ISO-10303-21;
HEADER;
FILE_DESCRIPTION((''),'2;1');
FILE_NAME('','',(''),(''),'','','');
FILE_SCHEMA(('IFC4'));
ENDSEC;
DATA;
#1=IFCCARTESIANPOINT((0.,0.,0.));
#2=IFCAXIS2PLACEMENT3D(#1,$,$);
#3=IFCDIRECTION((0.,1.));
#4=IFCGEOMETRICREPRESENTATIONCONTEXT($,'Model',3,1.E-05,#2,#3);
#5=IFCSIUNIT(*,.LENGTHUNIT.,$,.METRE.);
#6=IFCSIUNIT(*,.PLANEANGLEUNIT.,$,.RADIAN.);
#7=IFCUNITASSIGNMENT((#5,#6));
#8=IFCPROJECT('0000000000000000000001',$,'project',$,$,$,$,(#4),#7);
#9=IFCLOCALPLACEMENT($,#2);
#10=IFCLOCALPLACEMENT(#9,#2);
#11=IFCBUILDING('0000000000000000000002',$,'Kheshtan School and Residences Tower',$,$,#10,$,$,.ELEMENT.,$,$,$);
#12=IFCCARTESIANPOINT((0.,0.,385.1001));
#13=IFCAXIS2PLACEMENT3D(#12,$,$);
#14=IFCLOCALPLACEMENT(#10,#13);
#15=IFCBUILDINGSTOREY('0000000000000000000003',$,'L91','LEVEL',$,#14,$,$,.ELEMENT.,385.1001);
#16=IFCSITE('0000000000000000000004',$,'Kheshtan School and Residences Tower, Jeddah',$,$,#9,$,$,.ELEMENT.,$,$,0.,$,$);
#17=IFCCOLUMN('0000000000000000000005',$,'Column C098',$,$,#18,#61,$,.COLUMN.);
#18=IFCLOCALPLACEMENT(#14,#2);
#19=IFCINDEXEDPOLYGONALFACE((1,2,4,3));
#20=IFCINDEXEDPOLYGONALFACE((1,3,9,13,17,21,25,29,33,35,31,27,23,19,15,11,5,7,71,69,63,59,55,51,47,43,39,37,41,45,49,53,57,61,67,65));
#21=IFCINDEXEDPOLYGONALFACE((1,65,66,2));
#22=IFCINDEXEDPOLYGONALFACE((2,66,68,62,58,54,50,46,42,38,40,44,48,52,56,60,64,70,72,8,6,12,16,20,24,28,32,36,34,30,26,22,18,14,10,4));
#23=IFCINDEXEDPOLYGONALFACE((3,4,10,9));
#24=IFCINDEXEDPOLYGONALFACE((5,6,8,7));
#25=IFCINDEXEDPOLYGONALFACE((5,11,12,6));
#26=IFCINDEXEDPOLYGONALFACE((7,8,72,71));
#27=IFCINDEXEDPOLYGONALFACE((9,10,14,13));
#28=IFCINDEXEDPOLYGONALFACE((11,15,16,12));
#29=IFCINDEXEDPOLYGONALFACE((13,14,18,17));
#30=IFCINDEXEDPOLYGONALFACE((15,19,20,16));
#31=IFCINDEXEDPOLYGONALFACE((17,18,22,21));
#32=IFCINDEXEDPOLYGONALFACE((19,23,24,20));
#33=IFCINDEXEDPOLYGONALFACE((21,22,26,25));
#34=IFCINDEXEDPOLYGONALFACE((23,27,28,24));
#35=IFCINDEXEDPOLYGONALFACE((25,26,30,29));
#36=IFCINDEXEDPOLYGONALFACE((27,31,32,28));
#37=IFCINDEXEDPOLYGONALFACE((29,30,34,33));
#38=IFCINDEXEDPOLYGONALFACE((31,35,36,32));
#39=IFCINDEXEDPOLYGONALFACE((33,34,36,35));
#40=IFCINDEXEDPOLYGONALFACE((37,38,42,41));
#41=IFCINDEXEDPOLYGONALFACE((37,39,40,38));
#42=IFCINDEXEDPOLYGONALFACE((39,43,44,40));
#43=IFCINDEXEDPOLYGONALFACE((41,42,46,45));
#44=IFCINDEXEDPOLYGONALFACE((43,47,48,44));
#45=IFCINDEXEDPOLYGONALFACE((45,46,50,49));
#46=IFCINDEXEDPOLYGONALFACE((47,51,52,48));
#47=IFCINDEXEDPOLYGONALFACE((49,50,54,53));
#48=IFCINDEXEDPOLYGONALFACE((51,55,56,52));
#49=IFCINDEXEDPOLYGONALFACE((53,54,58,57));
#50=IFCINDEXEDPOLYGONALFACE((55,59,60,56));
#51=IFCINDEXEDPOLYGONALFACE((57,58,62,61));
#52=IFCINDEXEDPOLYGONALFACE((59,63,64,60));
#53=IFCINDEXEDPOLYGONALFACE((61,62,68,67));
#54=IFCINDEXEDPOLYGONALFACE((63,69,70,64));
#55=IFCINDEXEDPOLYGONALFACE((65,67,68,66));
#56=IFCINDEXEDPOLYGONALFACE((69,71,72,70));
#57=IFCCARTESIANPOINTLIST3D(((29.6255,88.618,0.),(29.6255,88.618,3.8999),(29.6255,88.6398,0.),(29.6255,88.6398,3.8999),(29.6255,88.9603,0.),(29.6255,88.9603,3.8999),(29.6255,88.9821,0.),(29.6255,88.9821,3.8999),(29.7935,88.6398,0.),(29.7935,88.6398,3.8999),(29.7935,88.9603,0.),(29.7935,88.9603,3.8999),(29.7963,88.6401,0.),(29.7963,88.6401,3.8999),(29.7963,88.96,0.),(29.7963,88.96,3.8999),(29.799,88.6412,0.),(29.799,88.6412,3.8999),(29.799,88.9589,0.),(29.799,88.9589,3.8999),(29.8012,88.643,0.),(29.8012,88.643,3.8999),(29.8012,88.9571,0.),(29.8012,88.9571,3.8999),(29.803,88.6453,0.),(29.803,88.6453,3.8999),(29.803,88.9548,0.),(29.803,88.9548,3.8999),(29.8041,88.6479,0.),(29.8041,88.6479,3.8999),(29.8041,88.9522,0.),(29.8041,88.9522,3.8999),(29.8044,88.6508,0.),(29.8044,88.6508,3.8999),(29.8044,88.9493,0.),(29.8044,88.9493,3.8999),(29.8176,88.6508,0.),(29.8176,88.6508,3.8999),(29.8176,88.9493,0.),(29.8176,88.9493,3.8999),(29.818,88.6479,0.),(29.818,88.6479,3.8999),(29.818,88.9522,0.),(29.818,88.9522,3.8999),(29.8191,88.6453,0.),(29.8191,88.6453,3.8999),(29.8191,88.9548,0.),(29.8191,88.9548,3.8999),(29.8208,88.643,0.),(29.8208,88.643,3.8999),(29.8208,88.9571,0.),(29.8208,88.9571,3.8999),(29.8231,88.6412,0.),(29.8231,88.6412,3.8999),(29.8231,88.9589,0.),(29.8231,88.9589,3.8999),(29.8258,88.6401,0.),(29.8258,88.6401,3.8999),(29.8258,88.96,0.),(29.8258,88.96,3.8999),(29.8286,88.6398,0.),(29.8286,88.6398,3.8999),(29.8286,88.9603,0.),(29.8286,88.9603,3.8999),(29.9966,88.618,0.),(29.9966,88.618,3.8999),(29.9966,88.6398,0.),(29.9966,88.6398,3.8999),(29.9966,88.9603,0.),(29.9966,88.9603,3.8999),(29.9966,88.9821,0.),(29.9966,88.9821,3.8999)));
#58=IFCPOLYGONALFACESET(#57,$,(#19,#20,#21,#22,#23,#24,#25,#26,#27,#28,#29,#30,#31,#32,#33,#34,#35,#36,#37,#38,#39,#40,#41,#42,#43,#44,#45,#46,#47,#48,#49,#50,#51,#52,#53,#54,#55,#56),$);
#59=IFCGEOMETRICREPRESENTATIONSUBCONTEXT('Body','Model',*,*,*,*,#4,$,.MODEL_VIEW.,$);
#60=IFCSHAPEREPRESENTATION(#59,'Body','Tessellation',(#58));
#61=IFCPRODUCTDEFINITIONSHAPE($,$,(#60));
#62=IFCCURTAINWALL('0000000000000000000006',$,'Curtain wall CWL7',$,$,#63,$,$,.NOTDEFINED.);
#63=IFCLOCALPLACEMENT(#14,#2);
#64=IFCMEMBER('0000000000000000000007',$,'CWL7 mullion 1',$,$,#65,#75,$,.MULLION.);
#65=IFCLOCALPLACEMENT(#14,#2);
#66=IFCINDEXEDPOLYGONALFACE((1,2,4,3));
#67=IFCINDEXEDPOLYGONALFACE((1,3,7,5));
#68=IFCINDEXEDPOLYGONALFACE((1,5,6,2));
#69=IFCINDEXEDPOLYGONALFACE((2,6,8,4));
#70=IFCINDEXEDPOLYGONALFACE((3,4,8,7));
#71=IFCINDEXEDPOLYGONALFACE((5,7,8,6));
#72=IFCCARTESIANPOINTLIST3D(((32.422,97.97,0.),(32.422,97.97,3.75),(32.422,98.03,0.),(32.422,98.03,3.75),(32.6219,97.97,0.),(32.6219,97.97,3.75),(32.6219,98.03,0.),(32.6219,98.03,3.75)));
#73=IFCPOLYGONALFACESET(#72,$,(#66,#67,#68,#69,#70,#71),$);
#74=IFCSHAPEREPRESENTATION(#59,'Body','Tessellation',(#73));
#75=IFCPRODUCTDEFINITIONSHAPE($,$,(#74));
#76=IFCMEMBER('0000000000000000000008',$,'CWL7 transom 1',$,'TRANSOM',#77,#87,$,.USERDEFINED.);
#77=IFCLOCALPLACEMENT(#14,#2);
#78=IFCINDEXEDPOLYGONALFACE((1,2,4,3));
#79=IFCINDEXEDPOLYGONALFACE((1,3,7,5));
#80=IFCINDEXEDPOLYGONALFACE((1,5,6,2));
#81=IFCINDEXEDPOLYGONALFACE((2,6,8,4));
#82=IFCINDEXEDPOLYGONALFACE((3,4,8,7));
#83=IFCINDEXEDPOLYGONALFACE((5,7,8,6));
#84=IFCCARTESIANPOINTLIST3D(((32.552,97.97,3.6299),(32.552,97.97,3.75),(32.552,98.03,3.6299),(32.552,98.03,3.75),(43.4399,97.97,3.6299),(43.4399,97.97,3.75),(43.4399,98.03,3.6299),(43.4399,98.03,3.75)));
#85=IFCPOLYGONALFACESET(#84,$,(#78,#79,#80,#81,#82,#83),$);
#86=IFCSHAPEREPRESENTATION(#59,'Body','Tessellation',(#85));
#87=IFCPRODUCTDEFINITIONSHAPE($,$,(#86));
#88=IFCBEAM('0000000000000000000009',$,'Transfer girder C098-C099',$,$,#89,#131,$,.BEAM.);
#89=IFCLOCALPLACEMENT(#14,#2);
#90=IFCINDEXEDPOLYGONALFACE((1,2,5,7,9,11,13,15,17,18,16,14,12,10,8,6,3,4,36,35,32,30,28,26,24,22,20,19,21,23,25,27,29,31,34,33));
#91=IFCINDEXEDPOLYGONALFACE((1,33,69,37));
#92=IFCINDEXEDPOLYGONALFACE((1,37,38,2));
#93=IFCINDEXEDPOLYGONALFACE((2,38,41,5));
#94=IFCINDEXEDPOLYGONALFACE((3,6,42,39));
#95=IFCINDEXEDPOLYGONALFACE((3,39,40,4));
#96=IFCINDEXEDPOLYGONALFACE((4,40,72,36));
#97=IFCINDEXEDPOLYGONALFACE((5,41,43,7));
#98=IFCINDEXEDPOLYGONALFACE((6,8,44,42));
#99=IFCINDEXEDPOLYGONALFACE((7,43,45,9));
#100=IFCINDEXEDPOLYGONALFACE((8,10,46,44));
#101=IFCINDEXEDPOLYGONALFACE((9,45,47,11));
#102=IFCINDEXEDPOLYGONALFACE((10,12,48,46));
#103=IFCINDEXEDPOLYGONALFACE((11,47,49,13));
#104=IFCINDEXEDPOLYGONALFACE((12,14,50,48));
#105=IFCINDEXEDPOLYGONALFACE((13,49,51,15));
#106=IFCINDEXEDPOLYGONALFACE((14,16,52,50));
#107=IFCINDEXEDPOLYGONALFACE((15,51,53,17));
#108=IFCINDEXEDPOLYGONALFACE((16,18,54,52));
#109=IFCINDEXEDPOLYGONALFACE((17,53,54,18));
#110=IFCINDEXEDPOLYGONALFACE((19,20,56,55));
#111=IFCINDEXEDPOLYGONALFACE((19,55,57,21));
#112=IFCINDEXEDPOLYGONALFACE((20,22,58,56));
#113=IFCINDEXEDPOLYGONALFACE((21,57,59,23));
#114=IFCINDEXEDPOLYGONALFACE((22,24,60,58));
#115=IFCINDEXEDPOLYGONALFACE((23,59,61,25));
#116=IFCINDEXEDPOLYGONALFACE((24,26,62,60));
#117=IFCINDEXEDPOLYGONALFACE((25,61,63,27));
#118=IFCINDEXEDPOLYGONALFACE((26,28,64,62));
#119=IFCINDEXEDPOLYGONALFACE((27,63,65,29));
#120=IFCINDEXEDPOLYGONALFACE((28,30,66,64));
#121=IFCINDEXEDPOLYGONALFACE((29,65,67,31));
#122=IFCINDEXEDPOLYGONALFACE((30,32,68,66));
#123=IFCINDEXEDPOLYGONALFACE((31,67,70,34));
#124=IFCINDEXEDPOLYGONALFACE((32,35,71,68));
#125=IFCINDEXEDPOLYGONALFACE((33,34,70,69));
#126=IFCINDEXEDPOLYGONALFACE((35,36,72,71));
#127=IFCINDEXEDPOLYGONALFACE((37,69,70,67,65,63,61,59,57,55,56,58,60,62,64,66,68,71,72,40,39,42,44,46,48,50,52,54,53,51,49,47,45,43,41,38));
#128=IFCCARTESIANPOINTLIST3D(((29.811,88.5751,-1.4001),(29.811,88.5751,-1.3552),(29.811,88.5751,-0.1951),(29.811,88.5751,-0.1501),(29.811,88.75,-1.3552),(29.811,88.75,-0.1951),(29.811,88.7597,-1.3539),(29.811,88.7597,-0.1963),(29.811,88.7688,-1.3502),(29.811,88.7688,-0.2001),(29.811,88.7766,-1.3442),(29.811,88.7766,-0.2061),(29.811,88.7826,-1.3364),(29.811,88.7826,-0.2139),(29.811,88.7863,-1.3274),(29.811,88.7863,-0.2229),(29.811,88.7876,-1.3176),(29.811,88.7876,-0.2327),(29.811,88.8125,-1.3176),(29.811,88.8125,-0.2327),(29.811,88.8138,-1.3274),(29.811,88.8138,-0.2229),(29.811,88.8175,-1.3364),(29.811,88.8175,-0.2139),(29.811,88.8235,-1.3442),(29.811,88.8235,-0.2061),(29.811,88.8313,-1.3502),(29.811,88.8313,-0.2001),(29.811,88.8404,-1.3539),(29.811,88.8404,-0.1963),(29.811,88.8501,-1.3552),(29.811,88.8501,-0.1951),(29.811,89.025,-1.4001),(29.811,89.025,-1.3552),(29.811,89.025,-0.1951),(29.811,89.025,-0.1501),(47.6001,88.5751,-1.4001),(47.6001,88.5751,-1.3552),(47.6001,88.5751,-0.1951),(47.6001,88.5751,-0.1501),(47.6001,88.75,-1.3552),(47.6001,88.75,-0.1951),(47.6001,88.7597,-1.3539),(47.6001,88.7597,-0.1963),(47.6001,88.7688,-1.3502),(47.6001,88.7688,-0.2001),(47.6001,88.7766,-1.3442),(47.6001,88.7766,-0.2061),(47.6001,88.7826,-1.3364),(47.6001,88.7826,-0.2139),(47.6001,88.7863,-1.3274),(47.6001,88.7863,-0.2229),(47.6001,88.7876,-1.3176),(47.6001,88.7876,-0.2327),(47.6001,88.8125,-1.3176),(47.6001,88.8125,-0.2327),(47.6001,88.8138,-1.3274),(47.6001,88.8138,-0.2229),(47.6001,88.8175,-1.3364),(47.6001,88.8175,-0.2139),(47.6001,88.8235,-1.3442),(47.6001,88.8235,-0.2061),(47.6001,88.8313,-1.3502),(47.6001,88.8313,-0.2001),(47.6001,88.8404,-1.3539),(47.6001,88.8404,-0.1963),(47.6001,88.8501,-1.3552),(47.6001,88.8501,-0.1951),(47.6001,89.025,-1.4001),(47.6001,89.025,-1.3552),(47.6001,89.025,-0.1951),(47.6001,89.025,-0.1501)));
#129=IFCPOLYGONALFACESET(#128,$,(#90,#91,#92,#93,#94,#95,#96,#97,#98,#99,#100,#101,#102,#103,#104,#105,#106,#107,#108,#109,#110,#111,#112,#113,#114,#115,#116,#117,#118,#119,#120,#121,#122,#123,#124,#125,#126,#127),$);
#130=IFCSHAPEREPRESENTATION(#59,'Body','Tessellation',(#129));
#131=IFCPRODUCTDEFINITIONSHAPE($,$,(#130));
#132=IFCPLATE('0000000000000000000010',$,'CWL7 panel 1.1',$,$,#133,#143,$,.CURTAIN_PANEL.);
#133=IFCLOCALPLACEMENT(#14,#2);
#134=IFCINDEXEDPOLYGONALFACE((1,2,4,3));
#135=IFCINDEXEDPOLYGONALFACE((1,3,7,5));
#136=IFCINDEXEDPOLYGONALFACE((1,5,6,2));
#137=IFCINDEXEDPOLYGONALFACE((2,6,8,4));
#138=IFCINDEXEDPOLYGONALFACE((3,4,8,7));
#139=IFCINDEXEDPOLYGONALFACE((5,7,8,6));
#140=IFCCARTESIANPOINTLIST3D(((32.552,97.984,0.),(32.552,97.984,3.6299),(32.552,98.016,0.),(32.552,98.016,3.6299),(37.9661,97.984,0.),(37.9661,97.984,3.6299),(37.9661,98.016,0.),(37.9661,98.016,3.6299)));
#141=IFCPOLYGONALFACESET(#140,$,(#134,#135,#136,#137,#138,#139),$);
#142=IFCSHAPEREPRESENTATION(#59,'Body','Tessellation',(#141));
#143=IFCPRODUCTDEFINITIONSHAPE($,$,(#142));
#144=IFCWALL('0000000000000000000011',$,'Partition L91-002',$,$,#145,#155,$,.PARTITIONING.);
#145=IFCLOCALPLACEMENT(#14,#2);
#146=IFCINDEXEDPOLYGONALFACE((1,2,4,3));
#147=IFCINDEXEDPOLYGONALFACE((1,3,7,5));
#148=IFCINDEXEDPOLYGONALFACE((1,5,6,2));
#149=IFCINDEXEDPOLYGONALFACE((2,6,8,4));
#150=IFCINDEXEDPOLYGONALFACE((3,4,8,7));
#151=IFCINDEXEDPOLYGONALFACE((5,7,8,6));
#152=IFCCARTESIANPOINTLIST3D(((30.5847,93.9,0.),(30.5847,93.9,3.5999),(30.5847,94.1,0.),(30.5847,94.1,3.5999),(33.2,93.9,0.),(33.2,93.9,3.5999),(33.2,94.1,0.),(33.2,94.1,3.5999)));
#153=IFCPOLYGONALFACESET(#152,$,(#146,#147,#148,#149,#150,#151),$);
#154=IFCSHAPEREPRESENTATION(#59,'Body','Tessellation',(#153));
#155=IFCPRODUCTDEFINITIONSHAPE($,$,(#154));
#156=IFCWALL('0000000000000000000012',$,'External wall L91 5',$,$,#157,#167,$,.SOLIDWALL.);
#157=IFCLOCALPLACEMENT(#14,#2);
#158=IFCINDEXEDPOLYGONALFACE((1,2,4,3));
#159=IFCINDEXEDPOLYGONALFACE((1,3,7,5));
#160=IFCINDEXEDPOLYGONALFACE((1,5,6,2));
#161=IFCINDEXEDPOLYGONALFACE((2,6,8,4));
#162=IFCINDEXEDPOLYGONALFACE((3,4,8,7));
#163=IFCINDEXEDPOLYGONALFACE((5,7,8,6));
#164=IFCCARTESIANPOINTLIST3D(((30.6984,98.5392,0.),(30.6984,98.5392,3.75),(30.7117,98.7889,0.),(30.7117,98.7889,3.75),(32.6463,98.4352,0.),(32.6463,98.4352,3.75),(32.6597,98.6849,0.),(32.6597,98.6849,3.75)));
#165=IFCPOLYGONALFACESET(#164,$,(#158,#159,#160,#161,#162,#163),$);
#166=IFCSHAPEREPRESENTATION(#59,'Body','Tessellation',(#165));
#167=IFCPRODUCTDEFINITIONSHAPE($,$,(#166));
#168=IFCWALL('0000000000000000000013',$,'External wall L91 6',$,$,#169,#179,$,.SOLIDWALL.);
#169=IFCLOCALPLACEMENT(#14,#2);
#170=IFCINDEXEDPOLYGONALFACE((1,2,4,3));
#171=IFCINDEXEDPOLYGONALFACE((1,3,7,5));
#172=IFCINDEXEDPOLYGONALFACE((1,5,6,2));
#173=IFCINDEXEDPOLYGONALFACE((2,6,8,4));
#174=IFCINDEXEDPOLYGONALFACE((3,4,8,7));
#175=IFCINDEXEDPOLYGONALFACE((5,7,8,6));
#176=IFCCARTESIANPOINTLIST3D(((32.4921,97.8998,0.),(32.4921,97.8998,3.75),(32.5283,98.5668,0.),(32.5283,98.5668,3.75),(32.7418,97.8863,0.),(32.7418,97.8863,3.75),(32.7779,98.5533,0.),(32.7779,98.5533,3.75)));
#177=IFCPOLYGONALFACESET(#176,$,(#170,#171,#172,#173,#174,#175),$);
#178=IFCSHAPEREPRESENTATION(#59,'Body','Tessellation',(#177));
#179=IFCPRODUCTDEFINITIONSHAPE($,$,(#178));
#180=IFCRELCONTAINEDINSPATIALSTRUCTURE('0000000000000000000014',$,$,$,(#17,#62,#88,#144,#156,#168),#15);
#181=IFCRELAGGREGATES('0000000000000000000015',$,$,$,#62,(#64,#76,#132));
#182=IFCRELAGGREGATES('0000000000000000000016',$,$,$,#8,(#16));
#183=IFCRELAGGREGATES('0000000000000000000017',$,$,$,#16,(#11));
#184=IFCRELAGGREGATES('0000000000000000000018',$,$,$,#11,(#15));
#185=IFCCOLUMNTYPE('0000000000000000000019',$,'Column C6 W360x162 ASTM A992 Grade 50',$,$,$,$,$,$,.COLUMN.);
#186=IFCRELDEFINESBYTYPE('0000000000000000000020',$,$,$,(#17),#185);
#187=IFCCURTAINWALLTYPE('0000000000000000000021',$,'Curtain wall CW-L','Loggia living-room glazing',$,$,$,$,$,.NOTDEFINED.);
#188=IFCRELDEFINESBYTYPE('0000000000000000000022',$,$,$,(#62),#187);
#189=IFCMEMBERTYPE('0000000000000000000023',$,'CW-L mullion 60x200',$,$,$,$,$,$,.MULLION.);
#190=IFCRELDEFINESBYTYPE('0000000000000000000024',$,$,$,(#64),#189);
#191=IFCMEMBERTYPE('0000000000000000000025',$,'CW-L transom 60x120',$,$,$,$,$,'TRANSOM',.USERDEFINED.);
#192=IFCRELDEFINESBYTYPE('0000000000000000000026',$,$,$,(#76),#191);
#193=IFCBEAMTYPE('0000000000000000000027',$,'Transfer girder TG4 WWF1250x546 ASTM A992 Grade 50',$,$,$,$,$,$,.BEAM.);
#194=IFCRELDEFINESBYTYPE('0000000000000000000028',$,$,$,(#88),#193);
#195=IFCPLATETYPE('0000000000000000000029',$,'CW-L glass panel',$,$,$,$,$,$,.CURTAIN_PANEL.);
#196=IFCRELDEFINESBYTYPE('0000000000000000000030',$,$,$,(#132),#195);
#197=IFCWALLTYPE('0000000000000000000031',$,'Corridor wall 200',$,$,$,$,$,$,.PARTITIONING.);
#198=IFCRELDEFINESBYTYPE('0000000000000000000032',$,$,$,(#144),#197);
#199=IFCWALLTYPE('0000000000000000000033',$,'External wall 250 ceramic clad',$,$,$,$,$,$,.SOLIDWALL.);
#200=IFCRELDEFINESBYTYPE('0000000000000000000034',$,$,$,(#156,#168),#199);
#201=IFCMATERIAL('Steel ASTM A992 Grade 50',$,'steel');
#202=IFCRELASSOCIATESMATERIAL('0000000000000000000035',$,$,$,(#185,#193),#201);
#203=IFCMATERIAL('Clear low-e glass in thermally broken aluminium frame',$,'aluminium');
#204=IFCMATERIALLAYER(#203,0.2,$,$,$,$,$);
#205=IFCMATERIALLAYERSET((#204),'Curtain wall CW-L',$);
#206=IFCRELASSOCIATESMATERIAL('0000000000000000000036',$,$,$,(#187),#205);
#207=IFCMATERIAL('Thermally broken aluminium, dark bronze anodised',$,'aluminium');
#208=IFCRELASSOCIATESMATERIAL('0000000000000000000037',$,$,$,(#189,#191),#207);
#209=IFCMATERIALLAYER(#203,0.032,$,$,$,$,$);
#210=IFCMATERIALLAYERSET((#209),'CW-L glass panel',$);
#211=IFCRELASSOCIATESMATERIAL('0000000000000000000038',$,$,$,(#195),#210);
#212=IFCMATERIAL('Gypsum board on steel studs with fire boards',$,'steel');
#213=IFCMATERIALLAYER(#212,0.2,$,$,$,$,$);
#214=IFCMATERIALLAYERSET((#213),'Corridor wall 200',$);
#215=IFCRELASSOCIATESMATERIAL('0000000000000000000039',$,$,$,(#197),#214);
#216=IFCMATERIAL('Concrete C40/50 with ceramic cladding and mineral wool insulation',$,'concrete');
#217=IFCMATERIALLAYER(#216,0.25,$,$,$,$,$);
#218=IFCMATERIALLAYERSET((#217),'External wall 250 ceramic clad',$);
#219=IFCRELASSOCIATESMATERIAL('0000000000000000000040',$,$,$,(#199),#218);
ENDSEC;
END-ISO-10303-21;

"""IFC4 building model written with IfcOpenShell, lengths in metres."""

from ifc_helpers import new_model, si_unit, direction, frame, frame_2d, origin, origin_2d, place, context, subcontext, project, spatial, rectangle, i_section, extrude, material, layer, layer_set, material_profile, profile_set, type_object, element, aggregate, save


model = new_model("IFC4")

# Units and contexts
model_context = context("Model", 3, precision=1e-05, world=origin(), true_north=direction((0.0, 1.0)))
body_context = subcontext(model_context, "Body", "Model", "MODEL_VIEW")
ifc_project = project(units=[si_unit("LENGTHUNIT", "METRE"), si_unit("PLANEANGLEUNIT", "RADIAN")], contexts=[model_context])

# Site, building, storey
site_placement = place(None, origin())
site = spatial("IfcSite", under=ifc_project, at=site_placement, Name="Kheshtan School and Residences Tower, Jeddah", CompositionType="ELEMENT", RefElevation=0.0)
building_placement = place(site_placement, origin())
building = spatial("IfcBuilding", under=site, at=building_placement, Name="Kheshtan School and Residences Tower", CompositionType="ELEMENT")
storey_placement = place(building_placement, frame((0.0, 0.0, 385.1001)))
storey = spatial("IfcBuildingStorey", under=building, at=storey_placement, Name="L91", Description="LEVEL", CompositionType="ELEMENT", Elevation=385.1001)

# Column
ifc_material_1 = material(Name="Steel ASTM A992 Grade 50", Category="steel")
ifc_material_profile_1 = material_profile(ifc_material_1, i_section(OverallWidth=0.3711, OverallDepth=0.364, WebThickness=0.0132, FlangeThickness=0.0217, FilletRadius=0.011, at=origin_2d()), Name="W360x162")
ifc_profile_set_1 = profile_set([ifc_material_profile_1], Name="Steel ASTM A992 Grade 50")
column_type = type_object("IfcColumnType", Name="Column C6 W360x162 ASTM A992 Grade 50", PredefinedType="COLUMN", material=ifc_profile_set_1)
column_placement = place(storey_placement, frame((29.811, 88.8, 0.0), z_axis=(0.0, 0.0, 1.0), x_axis=(1.0, 0.0, 0.0)))
element("IfcColumn", 1, at=column_placement, inside=storey, type_object=column_type, Name="Column C098", PredefinedType="COLUMN", context=body_context, shape_type="SweptSolid", body=[
    extrude(i_section(OverallWidth=0.3711, OverallDepth=0.364, WebThickness=0.0132, FlangeThickness=0.0217, FilletRadius=0.011, at=origin_2d()), origin(), (0.0, 0.0, 1.0), 3.8999),
])

# Curtain wall, members
ifc_material_2 = material(Name="Clear low-e glass in thermally broken aluminium frame", Category="aluminium")
ifc_layer_1 = layer(ifc_material_2, 0.2)
ifc_layer_set_1 = layer_set([ifc_layer_1], Name="Curtain wall CW-L")
curtain_wall_type = type_object("IfcCurtainWallType", Name="Curtain wall CW-L", Description="Loggia living-room glazing", PredefinedType="NOTDEFINED", material=ifc_layer_set_1)
curtain_wall_placement = place(storey_placement, origin())
curtain_wall = element("IfcCurtainWall", 2, at=curtain_wall_placement, inside=storey, type_object=curtain_wall_type, Name="Curtain wall CWL7", PredefinedType="NOTDEFINED")
ifc_material_3 = material(Name="Thermally broken aluminium, dark bronze anodised", Category="aluminium")
ifc_material_profile_2 = material_profile(ifc_material_3, rectangle(XDim=0.0601, YDim=0.2, at=origin_2d()), Name="CW-L mullion 60x200")
ifc_profile_set_2 = profile_set([ifc_material_profile_2], Name="Thermally broken aluminium, dark bronze anodised")
member_type_1 = type_object("IfcMemberType", Name="CW-L mullion 60x200", PredefinedType="MULLION", material=ifc_profile_set_2)
member_1_placement = place(storey_placement, frame((32.522, 98.0, 0.0), z_axis=(0.0, 0.0, 1.0), x_axis=(0.0, 1.0, 0.0)))
member_1 = element("IfcMember", 3, at=member_1_placement, type_object=member_type_1, Name="CWL7 mullion 1", PredefinedType="MULLION", context=body_context, shape_type="SweptSolid", body=[
    extrude(rectangle(XDim=0.0601, YDim=0.2, at=origin_2d()), origin(), (0.0, 0.0, 1.0), 3.75),
])
ifc_material_profile_3 = material_profile(ifc_material_3, rectangle(XDim=0.0601, YDim=0.1201, at=origin_2d()), Name="CW-L transom 60x120")
ifc_profile_set_3 = profile_set([ifc_material_profile_3], Name="Thermally broken aluminium, dark bronze anodised")
member_type_2 = type_object("IfcMemberType", Name="CW-L transom 60x120", ElementType="TRANSOM", PredefinedType="USERDEFINED", material=ifc_profile_set_3)
member_2_placement = place(storey_placement, frame((32.552, 98.0, 3.6899), z_axis=(1.0, 0.0, 0.0), x_axis=(0.0, 1.0, 0.0)))
member_2 = element("IfcMember", 4, at=member_2_placement, type_object=member_type_2, Name="CWL7 transom 1", ObjectType="TRANSOM", PredefinedType="USERDEFINED", context=body_context, shape_type="SweptSolid", body=[
    extrude(rectangle(XDim=0.0601, YDim=0.1201, at=origin_2d()), origin(), (0.0, 0.0, 1.0), 10.8879),
])

# Beam
ifc_material_profile_4 = material_profile(ifc_material_1, i_section(OverallWidth=0.45, OverallDepth=1.25, WebThickness=0.0249, FlangeThickness=0.0449, FilletRadius=0.0376, at=origin_2d()), Name="WWF1250x546")
ifc_profile_set_4 = profile_set([ifc_material_profile_4], Name="Steel ASTM A992 Grade 50")
beam_type = type_object("IfcBeamType", Name="Transfer girder TG4 WWF1250x546 ASTM A992 Grade 50", PredefinedType="BEAM", material=ifc_profile_set_4)
beam_placement = place(storey_placement, frame((29.811, 88.8, -0.7751), z_axis=(1.0, 0.0, 0.0), x_axis=(0.0, 1.0, 0.0)))
element("IfcBeam", 5, at=beam_placement, inside=storey, type_object=beam_type, Name="Transfer girder C098-C099", PredefinedType="BEAM", context=body_context, shape_type="SweptSolid", body=[
    extrude(i_section(OverallWidth=0.45, OverallDepth=1.25, WebThickness=0.0249, FlangeThickness=0.0449, FilletRadius=0.0376, at=origin_2d()), origin(), (0.0, 0.0, 1.0), 17.7891),
])

# Plate
ifc_layer_2 = layer(ifc_material_2, 0.032)
ifc_layer_set_2 = layer_set([ifc_layer_2], Name="CW-L glass panel")
plate_type = type_object("IfcPlateType", Name="CW-L glass panel", PredefinedType="CURTAIN_PANEL", material=ifc_layer_set_2)
plate_placement = place(storey_placement, frame((35.259, 98.0, 0.0), z_axis=(0.0, 0.0, 1.0), x_axis=(1.0, 0.0, 0.0)))
plate = element("IfcPlate", 6, at=plate_placement, type_object=plate_type, Name="CWL7 panel 1.1", PredefinedType="CURTAIN_PANEL", context=body_context, shape_type="SweptSolid", body=[
    extrude(rectangle(XDim=5.4141, YDim=0.032, at=origin_2d()), origin(), (0.0, 0.0, 1.0), 3.6299),
])
aggregate(curtain_wall, [member_1, member_2, plate])

# Walls
ifc_material_4 = material(Name="Gypsum board on steel studs with fire boards", Category="steel")
ifc_layer_3 = layer(ifc_material_4, 0.2)
ifc_layer_set_3 = layer_set([ifc_layer_3], Name="Corridor wall 200")
wall_type_1 = type_object("IfcWallType", Name="Corridor wall 200", PredefinedType="PARTITIONING", material=ifc_layer_set_3)
wall_1_placement = place(storey_placement, frame((30.5847, 94.0, 0.0), z_axis=(0.0, 0.0, 1.0), x_axis=(1.0, 0.0, 0.0)))
element("IfcWall", 7, at=wall_1_placement, inside=storey, type_object=wall_type_1, Name="Partition L91-002", PredefinedType="PARTITIONING", context=body_context, shape_type="SweptSolid", body=[
    extrude(rectangle(XDim=2.6152, YDim=0.2, at=frame_2d((1.3076, 0.0))), origin(), (0.0, 0.0, 1.0), 3.5999),
])
ifc_material_5 = material(Name="Concrete C40/50 with ceramic cladding and mineral wool insulation", Category="concrete")
ifc_layer_4 = layer(ifc_material_5, 0.25)
ifc_layer_set_4 = layer_set([ifc_layer_4], Name="External wall 250 ceramic clad")
wall_type_2 = type_object("IfcWallType", Name="External wall 250 ceramic clad", PredefinedType="SOLIDWALL", material=ifc_layer_set_4)
wall_2_placement = place(storey_placement, frame((30.7051, 98.6641, 0.0), z_axis=(0.0, 0.0, 1.0), x_axis=(0.998578, -0.053314, 0.0)))
element("IfcWall", 8, at=wall_2_placement, inside=storey, type_object=wall_type_2, Name="External wall L91 5", PredefinedType="SOLIDWALL", context=body_context, shape_type="SweptSolid", body=[
    extrude(rectangle(XDim=1.9507, YDim=0.25, at=frame_2d((0.9753, 0.0))), origin(), (0.0, 0.0, 1.0), 3.75),
])
wall_3_placement = place(storey_placement, frame((32.6531, 98.5601, 0.0), z_axis=(0.0, 0.0, 1.0), x_axis=(-0.054093, -0.998536, 0.0)))
element("IfcWall", 9, at=wall_3_placement, inside=storey, type_object=wall_type_2, Name="External wall L91 6", PredefinedType="SOLIDWALL", context=body_context, shape_type="SweptSolid", body=[
    extrude(rectangle(XDim=0.668, YDim=0.25, at=frame_2d((0.334, 0.0))), origin(), (0.0, 0.0, 1.0), 3.75),
])

save(model, "model.ifc")
